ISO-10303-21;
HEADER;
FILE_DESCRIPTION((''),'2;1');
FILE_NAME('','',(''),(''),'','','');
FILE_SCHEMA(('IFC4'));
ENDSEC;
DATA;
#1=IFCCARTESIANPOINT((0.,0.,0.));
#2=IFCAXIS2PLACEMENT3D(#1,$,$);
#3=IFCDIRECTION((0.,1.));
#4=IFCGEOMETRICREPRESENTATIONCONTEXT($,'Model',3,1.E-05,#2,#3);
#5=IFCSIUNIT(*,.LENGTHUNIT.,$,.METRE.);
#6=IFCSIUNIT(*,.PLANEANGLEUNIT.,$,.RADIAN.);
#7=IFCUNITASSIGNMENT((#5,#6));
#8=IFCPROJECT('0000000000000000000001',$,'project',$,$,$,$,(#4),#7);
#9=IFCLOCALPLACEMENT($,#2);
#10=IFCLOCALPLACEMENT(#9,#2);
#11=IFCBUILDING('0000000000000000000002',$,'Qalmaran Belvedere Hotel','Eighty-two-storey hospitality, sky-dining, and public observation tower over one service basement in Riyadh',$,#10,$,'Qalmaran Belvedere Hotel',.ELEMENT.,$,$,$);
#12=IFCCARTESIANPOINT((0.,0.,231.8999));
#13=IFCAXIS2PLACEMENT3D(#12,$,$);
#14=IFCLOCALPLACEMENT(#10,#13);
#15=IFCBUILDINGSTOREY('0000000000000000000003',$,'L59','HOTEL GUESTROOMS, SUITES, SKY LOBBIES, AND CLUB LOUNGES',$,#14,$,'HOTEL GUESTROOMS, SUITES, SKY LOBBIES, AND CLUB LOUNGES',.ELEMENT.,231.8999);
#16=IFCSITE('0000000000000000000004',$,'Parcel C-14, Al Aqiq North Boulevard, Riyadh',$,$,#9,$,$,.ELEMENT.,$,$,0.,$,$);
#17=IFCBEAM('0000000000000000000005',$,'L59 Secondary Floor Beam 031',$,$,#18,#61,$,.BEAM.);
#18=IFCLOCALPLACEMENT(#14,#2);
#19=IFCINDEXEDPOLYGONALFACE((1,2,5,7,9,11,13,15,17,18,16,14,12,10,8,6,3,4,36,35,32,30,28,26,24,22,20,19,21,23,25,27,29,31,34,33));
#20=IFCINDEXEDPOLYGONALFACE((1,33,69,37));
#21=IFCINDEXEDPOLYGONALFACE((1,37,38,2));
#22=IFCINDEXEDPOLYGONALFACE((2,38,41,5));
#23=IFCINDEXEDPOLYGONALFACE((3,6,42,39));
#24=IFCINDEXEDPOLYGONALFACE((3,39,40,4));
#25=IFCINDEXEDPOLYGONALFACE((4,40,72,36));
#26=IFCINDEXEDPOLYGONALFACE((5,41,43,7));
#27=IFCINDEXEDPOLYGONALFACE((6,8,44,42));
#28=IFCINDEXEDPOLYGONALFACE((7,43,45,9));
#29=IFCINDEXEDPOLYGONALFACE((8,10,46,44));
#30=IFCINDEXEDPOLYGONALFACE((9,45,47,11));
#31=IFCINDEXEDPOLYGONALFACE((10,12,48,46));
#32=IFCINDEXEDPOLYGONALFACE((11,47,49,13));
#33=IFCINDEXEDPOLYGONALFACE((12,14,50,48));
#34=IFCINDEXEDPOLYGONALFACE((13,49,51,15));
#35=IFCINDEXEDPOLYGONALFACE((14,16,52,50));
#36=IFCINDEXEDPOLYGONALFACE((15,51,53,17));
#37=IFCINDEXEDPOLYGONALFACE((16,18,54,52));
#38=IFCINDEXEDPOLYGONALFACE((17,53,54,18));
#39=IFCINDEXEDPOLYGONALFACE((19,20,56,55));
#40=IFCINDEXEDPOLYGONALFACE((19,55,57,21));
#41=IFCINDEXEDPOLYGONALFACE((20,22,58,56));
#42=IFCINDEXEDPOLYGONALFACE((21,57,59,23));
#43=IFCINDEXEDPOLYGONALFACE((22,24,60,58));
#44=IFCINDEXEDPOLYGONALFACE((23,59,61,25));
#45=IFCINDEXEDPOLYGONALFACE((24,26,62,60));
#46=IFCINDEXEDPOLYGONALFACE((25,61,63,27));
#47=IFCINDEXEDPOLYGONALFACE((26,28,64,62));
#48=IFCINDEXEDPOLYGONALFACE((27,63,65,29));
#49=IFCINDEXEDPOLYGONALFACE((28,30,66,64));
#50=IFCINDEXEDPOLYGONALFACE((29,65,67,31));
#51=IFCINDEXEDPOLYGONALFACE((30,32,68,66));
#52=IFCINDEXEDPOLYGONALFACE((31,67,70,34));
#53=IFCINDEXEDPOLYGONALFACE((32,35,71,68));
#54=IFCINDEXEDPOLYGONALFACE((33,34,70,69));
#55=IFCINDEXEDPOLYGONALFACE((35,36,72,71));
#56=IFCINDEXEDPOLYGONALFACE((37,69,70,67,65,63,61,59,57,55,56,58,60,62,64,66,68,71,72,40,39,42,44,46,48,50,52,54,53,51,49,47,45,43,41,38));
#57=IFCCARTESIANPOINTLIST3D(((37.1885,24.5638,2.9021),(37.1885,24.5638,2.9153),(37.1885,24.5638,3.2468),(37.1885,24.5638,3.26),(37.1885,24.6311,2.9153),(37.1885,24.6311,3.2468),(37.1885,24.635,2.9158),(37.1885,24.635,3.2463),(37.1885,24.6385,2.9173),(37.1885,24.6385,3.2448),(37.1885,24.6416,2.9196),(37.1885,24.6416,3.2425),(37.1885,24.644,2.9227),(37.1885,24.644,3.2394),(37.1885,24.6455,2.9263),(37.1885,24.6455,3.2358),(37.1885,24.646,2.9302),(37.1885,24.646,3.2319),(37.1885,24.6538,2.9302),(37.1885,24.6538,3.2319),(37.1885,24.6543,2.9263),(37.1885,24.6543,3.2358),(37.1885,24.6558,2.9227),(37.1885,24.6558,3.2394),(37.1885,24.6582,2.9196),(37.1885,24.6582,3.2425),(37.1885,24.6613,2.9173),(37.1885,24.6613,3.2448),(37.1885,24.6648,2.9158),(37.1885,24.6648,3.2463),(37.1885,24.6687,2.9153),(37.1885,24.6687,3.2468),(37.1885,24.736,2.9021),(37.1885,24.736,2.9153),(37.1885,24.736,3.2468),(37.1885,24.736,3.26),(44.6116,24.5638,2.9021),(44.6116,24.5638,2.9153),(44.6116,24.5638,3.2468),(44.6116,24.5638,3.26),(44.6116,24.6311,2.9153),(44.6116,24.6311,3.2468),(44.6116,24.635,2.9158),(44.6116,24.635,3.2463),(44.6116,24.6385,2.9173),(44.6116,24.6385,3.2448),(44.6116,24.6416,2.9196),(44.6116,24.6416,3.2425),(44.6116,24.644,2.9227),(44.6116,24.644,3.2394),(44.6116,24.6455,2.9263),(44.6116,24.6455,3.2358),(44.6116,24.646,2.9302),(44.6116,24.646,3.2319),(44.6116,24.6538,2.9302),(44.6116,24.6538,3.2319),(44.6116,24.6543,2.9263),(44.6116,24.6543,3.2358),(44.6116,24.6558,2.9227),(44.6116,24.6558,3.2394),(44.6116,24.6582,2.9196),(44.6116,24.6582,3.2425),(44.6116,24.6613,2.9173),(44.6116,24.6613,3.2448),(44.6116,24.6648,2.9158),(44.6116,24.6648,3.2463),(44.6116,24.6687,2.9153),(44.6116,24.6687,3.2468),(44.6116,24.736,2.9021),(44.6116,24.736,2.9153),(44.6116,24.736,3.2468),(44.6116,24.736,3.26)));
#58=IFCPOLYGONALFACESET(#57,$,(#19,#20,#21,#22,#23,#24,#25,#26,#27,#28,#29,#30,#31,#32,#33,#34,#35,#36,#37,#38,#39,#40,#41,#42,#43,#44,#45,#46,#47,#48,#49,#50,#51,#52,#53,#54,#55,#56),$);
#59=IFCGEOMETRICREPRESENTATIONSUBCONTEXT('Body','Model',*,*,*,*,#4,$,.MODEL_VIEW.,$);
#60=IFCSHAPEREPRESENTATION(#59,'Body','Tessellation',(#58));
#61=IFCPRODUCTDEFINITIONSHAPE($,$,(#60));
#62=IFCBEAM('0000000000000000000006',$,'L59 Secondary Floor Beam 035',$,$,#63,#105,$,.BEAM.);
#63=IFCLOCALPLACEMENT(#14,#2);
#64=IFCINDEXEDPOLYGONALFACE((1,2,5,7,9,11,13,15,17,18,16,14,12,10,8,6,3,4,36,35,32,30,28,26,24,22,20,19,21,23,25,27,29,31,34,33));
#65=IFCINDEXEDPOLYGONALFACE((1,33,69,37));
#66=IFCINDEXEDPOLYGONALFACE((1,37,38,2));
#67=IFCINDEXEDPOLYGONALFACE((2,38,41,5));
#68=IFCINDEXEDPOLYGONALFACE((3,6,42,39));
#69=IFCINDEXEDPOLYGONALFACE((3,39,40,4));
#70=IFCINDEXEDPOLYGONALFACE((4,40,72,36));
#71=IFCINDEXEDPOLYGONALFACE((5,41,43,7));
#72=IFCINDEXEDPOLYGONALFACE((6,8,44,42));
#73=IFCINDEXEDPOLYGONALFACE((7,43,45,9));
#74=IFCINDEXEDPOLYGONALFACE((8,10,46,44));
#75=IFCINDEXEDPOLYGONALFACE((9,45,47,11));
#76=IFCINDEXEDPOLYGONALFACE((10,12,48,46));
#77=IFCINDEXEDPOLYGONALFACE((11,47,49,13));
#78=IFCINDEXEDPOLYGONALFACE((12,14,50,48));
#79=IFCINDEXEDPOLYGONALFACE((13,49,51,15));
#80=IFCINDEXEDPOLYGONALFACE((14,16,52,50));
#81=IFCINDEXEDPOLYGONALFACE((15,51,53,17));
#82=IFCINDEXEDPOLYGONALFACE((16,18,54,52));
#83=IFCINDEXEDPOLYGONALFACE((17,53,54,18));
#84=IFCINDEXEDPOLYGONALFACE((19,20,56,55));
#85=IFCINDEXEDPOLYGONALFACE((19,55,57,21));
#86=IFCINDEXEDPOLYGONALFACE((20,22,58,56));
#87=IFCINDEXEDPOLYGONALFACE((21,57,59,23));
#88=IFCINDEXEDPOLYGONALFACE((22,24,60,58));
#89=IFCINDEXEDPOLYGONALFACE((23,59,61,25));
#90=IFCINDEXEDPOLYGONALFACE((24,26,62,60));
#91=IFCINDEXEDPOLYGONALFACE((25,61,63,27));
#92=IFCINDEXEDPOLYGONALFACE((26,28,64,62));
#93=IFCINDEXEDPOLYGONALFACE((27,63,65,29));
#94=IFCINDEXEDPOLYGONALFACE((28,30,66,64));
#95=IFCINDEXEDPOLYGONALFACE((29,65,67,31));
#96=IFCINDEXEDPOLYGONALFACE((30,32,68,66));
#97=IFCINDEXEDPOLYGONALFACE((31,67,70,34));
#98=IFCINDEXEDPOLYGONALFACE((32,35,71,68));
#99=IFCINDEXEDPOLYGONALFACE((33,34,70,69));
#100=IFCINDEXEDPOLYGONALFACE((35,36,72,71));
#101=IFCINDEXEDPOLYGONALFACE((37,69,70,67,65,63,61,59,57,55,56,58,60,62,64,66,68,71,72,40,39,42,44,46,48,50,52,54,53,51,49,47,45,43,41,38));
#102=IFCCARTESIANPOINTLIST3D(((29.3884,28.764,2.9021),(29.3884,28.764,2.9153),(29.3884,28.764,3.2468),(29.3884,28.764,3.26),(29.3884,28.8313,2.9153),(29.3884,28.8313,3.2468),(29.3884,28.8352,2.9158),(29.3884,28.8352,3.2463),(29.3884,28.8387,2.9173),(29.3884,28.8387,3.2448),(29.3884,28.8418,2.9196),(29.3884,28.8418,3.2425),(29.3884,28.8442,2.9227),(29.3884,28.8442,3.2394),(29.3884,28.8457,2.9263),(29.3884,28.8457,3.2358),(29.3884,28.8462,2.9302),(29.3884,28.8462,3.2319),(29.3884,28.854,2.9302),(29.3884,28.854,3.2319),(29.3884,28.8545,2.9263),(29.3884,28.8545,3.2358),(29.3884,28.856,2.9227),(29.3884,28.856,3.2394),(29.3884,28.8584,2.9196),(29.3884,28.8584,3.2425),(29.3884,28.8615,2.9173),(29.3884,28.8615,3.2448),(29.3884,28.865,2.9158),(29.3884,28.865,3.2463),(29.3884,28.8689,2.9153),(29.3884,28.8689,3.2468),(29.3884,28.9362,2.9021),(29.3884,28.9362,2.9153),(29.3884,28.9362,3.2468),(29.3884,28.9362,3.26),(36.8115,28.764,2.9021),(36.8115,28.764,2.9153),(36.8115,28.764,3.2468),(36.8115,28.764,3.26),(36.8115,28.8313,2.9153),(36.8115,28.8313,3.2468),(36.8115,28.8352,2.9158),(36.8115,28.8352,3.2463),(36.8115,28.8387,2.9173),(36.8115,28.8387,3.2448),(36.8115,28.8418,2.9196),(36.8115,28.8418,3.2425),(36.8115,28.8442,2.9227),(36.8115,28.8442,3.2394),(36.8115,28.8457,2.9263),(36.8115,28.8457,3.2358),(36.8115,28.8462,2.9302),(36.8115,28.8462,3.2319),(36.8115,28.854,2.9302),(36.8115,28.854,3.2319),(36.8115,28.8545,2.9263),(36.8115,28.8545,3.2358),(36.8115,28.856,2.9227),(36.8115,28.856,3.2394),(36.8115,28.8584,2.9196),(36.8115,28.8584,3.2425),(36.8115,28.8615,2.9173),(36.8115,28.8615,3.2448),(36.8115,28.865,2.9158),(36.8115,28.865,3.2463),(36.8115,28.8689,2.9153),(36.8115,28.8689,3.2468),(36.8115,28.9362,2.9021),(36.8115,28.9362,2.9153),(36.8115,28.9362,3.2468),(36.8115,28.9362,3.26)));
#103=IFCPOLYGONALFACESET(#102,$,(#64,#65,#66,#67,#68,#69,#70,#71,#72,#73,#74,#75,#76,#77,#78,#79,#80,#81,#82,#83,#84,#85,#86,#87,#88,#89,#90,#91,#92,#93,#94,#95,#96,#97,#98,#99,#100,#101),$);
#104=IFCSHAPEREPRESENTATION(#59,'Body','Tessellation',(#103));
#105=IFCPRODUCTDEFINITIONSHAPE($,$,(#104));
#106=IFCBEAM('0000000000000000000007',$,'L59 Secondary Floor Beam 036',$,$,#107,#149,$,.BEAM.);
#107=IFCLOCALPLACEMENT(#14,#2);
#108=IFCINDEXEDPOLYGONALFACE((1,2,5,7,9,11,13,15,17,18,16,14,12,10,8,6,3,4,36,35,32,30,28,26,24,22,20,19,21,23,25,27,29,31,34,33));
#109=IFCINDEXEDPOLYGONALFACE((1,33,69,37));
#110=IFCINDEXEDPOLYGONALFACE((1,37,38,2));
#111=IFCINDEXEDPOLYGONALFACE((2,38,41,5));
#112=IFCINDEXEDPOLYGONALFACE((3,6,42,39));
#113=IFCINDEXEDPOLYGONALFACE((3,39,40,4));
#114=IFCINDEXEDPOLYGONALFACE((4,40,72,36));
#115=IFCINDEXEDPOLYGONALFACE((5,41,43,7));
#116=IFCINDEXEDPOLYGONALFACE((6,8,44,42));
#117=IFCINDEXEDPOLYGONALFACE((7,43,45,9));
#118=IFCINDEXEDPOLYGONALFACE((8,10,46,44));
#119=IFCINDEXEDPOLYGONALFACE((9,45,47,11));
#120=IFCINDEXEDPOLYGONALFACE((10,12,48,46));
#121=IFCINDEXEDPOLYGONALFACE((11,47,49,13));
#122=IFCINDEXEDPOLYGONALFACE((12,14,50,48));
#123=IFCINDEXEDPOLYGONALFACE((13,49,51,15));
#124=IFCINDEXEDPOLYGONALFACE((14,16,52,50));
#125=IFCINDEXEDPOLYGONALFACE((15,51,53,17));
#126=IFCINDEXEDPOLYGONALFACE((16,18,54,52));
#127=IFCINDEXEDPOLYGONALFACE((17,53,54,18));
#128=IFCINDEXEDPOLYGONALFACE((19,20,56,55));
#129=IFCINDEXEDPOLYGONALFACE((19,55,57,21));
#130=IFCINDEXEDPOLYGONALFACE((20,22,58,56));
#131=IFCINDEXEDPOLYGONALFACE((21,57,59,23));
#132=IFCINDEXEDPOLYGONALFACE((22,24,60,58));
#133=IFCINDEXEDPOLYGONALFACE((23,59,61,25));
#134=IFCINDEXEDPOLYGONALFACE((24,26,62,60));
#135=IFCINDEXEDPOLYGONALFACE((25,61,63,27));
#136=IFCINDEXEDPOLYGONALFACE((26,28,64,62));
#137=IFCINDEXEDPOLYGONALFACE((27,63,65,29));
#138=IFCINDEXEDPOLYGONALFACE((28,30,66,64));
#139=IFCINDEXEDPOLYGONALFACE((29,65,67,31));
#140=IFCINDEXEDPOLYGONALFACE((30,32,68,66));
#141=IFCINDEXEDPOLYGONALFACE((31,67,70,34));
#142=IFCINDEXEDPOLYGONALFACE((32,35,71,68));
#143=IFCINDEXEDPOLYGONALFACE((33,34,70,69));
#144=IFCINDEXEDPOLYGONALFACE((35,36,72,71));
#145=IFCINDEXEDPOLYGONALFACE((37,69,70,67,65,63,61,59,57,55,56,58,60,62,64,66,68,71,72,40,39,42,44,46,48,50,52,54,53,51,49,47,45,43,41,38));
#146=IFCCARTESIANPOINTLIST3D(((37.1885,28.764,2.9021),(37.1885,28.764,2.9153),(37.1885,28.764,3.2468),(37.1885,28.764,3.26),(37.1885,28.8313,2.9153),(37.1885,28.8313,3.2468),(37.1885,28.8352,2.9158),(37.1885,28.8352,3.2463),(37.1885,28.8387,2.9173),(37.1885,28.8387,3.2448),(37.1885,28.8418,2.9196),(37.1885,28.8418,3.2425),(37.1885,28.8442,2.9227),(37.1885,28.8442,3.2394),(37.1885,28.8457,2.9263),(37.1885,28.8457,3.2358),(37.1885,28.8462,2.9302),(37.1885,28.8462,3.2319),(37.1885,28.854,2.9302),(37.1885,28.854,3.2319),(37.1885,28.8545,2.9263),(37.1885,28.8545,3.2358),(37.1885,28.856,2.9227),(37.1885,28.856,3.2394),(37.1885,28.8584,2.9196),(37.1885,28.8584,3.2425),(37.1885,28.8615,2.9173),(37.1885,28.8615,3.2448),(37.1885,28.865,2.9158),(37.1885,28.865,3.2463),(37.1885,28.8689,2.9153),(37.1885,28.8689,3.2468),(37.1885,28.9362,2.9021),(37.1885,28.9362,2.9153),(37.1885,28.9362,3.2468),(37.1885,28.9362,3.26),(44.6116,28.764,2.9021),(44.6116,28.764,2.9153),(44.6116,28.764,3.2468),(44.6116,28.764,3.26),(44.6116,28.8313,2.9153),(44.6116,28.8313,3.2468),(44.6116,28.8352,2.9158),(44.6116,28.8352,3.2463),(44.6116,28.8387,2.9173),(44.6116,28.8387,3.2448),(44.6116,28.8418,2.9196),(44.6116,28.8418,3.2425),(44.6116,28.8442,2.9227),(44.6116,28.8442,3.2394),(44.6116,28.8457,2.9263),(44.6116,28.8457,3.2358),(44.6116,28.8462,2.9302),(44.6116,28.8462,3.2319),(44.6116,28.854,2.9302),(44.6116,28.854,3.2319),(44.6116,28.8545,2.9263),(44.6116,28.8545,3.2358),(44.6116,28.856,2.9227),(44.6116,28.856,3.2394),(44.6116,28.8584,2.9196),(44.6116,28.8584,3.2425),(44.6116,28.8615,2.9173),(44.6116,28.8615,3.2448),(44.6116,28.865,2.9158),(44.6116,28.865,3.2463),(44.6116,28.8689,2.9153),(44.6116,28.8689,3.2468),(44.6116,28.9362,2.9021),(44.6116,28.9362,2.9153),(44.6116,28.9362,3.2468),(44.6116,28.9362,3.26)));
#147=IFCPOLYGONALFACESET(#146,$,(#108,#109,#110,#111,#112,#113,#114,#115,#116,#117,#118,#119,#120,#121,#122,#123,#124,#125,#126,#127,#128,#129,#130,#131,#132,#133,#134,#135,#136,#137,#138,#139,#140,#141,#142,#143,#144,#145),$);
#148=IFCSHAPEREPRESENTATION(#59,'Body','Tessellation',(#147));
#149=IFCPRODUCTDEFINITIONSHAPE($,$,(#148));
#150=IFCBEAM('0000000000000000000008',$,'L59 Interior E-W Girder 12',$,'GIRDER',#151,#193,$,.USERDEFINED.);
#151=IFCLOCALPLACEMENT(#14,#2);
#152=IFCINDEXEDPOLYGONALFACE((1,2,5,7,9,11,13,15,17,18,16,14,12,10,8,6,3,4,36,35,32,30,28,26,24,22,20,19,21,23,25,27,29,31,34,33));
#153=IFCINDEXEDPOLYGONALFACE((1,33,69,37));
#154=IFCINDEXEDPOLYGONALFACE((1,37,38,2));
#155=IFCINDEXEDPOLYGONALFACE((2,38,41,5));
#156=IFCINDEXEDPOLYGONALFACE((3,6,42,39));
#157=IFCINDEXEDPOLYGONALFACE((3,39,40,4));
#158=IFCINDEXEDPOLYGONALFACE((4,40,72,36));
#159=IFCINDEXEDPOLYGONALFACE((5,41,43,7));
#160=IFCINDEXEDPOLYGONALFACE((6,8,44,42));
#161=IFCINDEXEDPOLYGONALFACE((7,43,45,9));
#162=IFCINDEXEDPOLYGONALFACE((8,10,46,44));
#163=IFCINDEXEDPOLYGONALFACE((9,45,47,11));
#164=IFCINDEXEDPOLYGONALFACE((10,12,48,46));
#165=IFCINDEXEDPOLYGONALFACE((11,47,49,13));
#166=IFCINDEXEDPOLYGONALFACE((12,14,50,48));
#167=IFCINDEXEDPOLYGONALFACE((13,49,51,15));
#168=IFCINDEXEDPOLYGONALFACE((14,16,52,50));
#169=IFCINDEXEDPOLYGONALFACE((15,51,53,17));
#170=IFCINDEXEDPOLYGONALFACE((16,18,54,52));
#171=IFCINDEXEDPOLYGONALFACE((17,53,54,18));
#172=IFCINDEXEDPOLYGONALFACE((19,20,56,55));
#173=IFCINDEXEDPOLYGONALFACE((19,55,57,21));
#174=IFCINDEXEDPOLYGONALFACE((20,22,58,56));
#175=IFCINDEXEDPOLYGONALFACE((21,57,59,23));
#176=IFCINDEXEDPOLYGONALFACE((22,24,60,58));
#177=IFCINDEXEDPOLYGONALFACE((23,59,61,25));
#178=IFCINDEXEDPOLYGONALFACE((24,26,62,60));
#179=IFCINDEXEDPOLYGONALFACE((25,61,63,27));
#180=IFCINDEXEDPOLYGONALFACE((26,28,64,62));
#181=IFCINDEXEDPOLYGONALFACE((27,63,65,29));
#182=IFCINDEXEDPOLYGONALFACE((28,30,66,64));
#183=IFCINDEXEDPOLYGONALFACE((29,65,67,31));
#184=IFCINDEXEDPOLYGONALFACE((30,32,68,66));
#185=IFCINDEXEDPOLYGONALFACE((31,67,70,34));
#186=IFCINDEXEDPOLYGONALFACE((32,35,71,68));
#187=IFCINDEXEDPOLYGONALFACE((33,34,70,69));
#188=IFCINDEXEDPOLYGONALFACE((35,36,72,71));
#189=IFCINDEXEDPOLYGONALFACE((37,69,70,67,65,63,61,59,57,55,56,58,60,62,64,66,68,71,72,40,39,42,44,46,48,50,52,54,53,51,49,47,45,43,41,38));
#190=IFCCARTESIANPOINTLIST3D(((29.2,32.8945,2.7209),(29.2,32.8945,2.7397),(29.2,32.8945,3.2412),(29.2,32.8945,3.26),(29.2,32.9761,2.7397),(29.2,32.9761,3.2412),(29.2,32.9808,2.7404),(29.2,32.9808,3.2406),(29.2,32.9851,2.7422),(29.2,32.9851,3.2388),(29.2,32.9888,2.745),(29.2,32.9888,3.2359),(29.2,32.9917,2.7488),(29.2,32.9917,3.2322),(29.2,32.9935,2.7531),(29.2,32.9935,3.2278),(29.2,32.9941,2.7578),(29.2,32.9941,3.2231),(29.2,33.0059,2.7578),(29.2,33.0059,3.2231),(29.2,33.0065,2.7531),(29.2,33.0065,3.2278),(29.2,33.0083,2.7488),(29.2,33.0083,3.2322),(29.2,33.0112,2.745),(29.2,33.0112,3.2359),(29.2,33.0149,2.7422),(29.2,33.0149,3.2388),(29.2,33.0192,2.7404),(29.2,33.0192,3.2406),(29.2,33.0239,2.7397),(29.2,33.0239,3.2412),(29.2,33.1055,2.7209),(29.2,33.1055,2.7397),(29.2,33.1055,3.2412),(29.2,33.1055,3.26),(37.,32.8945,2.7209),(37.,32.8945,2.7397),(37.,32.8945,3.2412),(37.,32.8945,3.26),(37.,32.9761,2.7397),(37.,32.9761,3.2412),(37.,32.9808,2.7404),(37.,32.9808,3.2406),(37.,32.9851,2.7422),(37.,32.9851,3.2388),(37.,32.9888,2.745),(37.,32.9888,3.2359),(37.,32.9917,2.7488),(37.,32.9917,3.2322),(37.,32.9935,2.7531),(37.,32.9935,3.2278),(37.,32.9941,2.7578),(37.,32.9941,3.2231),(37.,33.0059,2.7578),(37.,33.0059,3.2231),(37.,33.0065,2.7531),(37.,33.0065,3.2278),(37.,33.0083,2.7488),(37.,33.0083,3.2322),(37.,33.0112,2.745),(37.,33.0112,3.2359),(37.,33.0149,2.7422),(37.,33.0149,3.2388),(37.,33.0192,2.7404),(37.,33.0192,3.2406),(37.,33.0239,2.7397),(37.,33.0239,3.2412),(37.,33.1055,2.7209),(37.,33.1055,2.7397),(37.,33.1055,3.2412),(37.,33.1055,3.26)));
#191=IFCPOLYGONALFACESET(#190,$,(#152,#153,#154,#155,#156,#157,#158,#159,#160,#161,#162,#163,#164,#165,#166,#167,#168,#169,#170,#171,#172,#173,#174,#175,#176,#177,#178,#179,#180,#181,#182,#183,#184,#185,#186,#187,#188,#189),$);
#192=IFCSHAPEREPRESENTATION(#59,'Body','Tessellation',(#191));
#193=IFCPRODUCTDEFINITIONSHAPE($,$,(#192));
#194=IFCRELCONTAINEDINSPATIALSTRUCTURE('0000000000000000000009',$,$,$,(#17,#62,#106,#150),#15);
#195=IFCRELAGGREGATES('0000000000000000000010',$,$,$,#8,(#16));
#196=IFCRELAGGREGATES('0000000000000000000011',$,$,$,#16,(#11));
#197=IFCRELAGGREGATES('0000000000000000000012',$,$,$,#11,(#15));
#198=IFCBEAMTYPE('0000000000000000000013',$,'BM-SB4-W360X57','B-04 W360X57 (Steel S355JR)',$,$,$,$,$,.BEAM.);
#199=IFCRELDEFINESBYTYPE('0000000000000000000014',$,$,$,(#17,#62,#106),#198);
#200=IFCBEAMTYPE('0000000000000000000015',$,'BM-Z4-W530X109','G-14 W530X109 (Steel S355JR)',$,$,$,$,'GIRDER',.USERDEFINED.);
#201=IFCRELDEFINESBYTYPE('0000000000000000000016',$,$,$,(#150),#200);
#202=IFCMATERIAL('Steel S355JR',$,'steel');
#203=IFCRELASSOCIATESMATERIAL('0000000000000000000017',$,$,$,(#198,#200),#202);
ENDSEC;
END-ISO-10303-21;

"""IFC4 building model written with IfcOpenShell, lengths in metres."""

from ifc_helpers import new_model, si_unit, direction, frame, origin, origin_2d, place, context, subcontext, project, spatial, i_section, extrude, material, material_profile, profile_set, type_object, element, save


model = new_model("IFC4")

# Units and contexts
model_context = context("Model", 3, precision=1e-05, world=origin(), true_north=direction((0.0, 1.0)))
body_context = subcontext(model_context, "Body", "Model", "MODEL_VIEW")
ifc_project = project(units=[si_unit("LENGTHUNIT", "METRE"), si_unit("PLANEANGLEUNIT", "RADIAN")], contexts=[model_context])

# Site, building, storey
site_placement = place(None, origin())
site = spatial("IfcSite", under=ifc_project, at=site_placement, Name="Parcel C-14, Al Aqiq North Boulevard, Riyadh", CompositionType="ELEMENT", RefElevation=0.0)
building_placement = place(site_placement, origin())
building = spatial("IfcBuilding", under=site, at=building_placement, Name="Qalmaran Belvedere Hotel", Description="Eighty-two-storey hospitality, sky-dining, and public observation tower over one service basement in Riyadh", LongName="Qalmaran Belvedere Hotel", CompositionType="ELEMENT")
storey_placement = place(building_placement, frame((0.0, 0.0, 231.8999)))
storey = spatial("IfcBuildingStorey", under=building, at=storey_placement, Name="L59", Description="HOTEL GUESTROOMS, SUITES, SKY LOBBIES, AND CLUB LOUNGES", LongName="HOTEL GUESTROOMS, SUITES, SKY LOBBIES, AND CLUB LOUNGES", CompositionType="ELEMENT", Elevation=231.8999)

# Beams
ifc_material_1 = material(Name="Steel S355JR", Category="steel")
ifc_material_profile_1 = material_profile(ifc_material_1, i_section(OverallWidth=0.1721, OverallDepth=0.3579, WebThickness=0.0078, FlangeThickness=0.0132, FilletRadius=0.0149, at=origin_2d()), Name="W360X57")
ifc_profile_set_1 = profile_set([ifc_material_profile_1], Name="Steel S355JR")
beam_type_1 = type_object("IfcBeamType", Name="BM-SB4-W360X57", Description="B-04 W360X57 (Steel S355JR)", PredefinedType="BEAM", material=ifc_profile_set_1)
for number, where, z_axis, x_axis, name in (
    (1, (37.1885, 24.6499, 3.0811), (1.0, 0.0, 0.0), (0.0, 1.0, 0.0), "L59 Secondary Floor Beam 031"),
    (2, (29.3884, 28.8501, 3.0811), (1.0, 0.0, 0.0), (0.0, 1.0, 0.0), "L59 Secondary Floor Beam 035"),
    (3, (37.1885, 28.8501, 3.0811), (1.0, 0.0, 0.0), (0.0, 1.0, 0.0), "L59 Secondary Floor Beam 036"),
):
    element("IfcBeam", number, at=place(storey_placement, frame(where, z_axis=z_axis, x_axis=x_axis)), inside=storey, type_object=beam_type_1, Name=name, PredefinedType="BEAM", context=body_context, shape_type="SweptSolid", body=[
        extrude(i_section(OverallWidth=0.1721, OverallDepth=0.3579, WebThickness=0.0078, FlangeThickness=0.0132, FilletRadius=0.0149, at=origin_2d()), origin(), (0.0, 0.0, 1.0), 7.4231),
    ])
ifc_material_profile_2 = material_profile(ifc_material_1, i_section(OverallWidth=0.2109, OverallDepth=0.5391, WebThickness=0.0117, FlangeThickness=0.0188, FilletRadius=0.0181, at=origin_2d()), Name="W530X109")
ifc_profile_set_2 = profile_set([ifc_material_profile_2], Name="Steel S355JR")
beam_type_2 = type_object("IfcBeamType", Name="BM-Z4-W530X109", Description="G-14 W530X109 (Steel S355JR)", ElementType="GIRDER", PredefinedType="USERDEFINED", material=ifc_profile_set_2)
for number, where, z_axis, x_axis, name in (
    (4, (29.2, 33.0, 2.9905), (1.0, 0.0, 0.0), (0.0, 1.0, 0.0), "L59 Interior E-W Girder 12"),
):
    element("IfcBeam", number, at=place(storey_placement, frame(where, z_axis=z_axis, x_axis=x_axis)), inside=storey, type_object=beam_type_2, Name=name, ObjectType="GIRDER", PredefinedType="USERDEFINED", context=body_context, shape_type="SweptSolid", body=[
        extrude(i_section(OverallWidth=0.2109, OverallDepth=0.5391, WebThickness=0.0117, FlangeThickness=0.0188, FilletRadius=0.0181, at=origin_2d()), origin(), (0.0, 0.0, 1.0), 7.8),
    ])

save(model, "model.ifc")
